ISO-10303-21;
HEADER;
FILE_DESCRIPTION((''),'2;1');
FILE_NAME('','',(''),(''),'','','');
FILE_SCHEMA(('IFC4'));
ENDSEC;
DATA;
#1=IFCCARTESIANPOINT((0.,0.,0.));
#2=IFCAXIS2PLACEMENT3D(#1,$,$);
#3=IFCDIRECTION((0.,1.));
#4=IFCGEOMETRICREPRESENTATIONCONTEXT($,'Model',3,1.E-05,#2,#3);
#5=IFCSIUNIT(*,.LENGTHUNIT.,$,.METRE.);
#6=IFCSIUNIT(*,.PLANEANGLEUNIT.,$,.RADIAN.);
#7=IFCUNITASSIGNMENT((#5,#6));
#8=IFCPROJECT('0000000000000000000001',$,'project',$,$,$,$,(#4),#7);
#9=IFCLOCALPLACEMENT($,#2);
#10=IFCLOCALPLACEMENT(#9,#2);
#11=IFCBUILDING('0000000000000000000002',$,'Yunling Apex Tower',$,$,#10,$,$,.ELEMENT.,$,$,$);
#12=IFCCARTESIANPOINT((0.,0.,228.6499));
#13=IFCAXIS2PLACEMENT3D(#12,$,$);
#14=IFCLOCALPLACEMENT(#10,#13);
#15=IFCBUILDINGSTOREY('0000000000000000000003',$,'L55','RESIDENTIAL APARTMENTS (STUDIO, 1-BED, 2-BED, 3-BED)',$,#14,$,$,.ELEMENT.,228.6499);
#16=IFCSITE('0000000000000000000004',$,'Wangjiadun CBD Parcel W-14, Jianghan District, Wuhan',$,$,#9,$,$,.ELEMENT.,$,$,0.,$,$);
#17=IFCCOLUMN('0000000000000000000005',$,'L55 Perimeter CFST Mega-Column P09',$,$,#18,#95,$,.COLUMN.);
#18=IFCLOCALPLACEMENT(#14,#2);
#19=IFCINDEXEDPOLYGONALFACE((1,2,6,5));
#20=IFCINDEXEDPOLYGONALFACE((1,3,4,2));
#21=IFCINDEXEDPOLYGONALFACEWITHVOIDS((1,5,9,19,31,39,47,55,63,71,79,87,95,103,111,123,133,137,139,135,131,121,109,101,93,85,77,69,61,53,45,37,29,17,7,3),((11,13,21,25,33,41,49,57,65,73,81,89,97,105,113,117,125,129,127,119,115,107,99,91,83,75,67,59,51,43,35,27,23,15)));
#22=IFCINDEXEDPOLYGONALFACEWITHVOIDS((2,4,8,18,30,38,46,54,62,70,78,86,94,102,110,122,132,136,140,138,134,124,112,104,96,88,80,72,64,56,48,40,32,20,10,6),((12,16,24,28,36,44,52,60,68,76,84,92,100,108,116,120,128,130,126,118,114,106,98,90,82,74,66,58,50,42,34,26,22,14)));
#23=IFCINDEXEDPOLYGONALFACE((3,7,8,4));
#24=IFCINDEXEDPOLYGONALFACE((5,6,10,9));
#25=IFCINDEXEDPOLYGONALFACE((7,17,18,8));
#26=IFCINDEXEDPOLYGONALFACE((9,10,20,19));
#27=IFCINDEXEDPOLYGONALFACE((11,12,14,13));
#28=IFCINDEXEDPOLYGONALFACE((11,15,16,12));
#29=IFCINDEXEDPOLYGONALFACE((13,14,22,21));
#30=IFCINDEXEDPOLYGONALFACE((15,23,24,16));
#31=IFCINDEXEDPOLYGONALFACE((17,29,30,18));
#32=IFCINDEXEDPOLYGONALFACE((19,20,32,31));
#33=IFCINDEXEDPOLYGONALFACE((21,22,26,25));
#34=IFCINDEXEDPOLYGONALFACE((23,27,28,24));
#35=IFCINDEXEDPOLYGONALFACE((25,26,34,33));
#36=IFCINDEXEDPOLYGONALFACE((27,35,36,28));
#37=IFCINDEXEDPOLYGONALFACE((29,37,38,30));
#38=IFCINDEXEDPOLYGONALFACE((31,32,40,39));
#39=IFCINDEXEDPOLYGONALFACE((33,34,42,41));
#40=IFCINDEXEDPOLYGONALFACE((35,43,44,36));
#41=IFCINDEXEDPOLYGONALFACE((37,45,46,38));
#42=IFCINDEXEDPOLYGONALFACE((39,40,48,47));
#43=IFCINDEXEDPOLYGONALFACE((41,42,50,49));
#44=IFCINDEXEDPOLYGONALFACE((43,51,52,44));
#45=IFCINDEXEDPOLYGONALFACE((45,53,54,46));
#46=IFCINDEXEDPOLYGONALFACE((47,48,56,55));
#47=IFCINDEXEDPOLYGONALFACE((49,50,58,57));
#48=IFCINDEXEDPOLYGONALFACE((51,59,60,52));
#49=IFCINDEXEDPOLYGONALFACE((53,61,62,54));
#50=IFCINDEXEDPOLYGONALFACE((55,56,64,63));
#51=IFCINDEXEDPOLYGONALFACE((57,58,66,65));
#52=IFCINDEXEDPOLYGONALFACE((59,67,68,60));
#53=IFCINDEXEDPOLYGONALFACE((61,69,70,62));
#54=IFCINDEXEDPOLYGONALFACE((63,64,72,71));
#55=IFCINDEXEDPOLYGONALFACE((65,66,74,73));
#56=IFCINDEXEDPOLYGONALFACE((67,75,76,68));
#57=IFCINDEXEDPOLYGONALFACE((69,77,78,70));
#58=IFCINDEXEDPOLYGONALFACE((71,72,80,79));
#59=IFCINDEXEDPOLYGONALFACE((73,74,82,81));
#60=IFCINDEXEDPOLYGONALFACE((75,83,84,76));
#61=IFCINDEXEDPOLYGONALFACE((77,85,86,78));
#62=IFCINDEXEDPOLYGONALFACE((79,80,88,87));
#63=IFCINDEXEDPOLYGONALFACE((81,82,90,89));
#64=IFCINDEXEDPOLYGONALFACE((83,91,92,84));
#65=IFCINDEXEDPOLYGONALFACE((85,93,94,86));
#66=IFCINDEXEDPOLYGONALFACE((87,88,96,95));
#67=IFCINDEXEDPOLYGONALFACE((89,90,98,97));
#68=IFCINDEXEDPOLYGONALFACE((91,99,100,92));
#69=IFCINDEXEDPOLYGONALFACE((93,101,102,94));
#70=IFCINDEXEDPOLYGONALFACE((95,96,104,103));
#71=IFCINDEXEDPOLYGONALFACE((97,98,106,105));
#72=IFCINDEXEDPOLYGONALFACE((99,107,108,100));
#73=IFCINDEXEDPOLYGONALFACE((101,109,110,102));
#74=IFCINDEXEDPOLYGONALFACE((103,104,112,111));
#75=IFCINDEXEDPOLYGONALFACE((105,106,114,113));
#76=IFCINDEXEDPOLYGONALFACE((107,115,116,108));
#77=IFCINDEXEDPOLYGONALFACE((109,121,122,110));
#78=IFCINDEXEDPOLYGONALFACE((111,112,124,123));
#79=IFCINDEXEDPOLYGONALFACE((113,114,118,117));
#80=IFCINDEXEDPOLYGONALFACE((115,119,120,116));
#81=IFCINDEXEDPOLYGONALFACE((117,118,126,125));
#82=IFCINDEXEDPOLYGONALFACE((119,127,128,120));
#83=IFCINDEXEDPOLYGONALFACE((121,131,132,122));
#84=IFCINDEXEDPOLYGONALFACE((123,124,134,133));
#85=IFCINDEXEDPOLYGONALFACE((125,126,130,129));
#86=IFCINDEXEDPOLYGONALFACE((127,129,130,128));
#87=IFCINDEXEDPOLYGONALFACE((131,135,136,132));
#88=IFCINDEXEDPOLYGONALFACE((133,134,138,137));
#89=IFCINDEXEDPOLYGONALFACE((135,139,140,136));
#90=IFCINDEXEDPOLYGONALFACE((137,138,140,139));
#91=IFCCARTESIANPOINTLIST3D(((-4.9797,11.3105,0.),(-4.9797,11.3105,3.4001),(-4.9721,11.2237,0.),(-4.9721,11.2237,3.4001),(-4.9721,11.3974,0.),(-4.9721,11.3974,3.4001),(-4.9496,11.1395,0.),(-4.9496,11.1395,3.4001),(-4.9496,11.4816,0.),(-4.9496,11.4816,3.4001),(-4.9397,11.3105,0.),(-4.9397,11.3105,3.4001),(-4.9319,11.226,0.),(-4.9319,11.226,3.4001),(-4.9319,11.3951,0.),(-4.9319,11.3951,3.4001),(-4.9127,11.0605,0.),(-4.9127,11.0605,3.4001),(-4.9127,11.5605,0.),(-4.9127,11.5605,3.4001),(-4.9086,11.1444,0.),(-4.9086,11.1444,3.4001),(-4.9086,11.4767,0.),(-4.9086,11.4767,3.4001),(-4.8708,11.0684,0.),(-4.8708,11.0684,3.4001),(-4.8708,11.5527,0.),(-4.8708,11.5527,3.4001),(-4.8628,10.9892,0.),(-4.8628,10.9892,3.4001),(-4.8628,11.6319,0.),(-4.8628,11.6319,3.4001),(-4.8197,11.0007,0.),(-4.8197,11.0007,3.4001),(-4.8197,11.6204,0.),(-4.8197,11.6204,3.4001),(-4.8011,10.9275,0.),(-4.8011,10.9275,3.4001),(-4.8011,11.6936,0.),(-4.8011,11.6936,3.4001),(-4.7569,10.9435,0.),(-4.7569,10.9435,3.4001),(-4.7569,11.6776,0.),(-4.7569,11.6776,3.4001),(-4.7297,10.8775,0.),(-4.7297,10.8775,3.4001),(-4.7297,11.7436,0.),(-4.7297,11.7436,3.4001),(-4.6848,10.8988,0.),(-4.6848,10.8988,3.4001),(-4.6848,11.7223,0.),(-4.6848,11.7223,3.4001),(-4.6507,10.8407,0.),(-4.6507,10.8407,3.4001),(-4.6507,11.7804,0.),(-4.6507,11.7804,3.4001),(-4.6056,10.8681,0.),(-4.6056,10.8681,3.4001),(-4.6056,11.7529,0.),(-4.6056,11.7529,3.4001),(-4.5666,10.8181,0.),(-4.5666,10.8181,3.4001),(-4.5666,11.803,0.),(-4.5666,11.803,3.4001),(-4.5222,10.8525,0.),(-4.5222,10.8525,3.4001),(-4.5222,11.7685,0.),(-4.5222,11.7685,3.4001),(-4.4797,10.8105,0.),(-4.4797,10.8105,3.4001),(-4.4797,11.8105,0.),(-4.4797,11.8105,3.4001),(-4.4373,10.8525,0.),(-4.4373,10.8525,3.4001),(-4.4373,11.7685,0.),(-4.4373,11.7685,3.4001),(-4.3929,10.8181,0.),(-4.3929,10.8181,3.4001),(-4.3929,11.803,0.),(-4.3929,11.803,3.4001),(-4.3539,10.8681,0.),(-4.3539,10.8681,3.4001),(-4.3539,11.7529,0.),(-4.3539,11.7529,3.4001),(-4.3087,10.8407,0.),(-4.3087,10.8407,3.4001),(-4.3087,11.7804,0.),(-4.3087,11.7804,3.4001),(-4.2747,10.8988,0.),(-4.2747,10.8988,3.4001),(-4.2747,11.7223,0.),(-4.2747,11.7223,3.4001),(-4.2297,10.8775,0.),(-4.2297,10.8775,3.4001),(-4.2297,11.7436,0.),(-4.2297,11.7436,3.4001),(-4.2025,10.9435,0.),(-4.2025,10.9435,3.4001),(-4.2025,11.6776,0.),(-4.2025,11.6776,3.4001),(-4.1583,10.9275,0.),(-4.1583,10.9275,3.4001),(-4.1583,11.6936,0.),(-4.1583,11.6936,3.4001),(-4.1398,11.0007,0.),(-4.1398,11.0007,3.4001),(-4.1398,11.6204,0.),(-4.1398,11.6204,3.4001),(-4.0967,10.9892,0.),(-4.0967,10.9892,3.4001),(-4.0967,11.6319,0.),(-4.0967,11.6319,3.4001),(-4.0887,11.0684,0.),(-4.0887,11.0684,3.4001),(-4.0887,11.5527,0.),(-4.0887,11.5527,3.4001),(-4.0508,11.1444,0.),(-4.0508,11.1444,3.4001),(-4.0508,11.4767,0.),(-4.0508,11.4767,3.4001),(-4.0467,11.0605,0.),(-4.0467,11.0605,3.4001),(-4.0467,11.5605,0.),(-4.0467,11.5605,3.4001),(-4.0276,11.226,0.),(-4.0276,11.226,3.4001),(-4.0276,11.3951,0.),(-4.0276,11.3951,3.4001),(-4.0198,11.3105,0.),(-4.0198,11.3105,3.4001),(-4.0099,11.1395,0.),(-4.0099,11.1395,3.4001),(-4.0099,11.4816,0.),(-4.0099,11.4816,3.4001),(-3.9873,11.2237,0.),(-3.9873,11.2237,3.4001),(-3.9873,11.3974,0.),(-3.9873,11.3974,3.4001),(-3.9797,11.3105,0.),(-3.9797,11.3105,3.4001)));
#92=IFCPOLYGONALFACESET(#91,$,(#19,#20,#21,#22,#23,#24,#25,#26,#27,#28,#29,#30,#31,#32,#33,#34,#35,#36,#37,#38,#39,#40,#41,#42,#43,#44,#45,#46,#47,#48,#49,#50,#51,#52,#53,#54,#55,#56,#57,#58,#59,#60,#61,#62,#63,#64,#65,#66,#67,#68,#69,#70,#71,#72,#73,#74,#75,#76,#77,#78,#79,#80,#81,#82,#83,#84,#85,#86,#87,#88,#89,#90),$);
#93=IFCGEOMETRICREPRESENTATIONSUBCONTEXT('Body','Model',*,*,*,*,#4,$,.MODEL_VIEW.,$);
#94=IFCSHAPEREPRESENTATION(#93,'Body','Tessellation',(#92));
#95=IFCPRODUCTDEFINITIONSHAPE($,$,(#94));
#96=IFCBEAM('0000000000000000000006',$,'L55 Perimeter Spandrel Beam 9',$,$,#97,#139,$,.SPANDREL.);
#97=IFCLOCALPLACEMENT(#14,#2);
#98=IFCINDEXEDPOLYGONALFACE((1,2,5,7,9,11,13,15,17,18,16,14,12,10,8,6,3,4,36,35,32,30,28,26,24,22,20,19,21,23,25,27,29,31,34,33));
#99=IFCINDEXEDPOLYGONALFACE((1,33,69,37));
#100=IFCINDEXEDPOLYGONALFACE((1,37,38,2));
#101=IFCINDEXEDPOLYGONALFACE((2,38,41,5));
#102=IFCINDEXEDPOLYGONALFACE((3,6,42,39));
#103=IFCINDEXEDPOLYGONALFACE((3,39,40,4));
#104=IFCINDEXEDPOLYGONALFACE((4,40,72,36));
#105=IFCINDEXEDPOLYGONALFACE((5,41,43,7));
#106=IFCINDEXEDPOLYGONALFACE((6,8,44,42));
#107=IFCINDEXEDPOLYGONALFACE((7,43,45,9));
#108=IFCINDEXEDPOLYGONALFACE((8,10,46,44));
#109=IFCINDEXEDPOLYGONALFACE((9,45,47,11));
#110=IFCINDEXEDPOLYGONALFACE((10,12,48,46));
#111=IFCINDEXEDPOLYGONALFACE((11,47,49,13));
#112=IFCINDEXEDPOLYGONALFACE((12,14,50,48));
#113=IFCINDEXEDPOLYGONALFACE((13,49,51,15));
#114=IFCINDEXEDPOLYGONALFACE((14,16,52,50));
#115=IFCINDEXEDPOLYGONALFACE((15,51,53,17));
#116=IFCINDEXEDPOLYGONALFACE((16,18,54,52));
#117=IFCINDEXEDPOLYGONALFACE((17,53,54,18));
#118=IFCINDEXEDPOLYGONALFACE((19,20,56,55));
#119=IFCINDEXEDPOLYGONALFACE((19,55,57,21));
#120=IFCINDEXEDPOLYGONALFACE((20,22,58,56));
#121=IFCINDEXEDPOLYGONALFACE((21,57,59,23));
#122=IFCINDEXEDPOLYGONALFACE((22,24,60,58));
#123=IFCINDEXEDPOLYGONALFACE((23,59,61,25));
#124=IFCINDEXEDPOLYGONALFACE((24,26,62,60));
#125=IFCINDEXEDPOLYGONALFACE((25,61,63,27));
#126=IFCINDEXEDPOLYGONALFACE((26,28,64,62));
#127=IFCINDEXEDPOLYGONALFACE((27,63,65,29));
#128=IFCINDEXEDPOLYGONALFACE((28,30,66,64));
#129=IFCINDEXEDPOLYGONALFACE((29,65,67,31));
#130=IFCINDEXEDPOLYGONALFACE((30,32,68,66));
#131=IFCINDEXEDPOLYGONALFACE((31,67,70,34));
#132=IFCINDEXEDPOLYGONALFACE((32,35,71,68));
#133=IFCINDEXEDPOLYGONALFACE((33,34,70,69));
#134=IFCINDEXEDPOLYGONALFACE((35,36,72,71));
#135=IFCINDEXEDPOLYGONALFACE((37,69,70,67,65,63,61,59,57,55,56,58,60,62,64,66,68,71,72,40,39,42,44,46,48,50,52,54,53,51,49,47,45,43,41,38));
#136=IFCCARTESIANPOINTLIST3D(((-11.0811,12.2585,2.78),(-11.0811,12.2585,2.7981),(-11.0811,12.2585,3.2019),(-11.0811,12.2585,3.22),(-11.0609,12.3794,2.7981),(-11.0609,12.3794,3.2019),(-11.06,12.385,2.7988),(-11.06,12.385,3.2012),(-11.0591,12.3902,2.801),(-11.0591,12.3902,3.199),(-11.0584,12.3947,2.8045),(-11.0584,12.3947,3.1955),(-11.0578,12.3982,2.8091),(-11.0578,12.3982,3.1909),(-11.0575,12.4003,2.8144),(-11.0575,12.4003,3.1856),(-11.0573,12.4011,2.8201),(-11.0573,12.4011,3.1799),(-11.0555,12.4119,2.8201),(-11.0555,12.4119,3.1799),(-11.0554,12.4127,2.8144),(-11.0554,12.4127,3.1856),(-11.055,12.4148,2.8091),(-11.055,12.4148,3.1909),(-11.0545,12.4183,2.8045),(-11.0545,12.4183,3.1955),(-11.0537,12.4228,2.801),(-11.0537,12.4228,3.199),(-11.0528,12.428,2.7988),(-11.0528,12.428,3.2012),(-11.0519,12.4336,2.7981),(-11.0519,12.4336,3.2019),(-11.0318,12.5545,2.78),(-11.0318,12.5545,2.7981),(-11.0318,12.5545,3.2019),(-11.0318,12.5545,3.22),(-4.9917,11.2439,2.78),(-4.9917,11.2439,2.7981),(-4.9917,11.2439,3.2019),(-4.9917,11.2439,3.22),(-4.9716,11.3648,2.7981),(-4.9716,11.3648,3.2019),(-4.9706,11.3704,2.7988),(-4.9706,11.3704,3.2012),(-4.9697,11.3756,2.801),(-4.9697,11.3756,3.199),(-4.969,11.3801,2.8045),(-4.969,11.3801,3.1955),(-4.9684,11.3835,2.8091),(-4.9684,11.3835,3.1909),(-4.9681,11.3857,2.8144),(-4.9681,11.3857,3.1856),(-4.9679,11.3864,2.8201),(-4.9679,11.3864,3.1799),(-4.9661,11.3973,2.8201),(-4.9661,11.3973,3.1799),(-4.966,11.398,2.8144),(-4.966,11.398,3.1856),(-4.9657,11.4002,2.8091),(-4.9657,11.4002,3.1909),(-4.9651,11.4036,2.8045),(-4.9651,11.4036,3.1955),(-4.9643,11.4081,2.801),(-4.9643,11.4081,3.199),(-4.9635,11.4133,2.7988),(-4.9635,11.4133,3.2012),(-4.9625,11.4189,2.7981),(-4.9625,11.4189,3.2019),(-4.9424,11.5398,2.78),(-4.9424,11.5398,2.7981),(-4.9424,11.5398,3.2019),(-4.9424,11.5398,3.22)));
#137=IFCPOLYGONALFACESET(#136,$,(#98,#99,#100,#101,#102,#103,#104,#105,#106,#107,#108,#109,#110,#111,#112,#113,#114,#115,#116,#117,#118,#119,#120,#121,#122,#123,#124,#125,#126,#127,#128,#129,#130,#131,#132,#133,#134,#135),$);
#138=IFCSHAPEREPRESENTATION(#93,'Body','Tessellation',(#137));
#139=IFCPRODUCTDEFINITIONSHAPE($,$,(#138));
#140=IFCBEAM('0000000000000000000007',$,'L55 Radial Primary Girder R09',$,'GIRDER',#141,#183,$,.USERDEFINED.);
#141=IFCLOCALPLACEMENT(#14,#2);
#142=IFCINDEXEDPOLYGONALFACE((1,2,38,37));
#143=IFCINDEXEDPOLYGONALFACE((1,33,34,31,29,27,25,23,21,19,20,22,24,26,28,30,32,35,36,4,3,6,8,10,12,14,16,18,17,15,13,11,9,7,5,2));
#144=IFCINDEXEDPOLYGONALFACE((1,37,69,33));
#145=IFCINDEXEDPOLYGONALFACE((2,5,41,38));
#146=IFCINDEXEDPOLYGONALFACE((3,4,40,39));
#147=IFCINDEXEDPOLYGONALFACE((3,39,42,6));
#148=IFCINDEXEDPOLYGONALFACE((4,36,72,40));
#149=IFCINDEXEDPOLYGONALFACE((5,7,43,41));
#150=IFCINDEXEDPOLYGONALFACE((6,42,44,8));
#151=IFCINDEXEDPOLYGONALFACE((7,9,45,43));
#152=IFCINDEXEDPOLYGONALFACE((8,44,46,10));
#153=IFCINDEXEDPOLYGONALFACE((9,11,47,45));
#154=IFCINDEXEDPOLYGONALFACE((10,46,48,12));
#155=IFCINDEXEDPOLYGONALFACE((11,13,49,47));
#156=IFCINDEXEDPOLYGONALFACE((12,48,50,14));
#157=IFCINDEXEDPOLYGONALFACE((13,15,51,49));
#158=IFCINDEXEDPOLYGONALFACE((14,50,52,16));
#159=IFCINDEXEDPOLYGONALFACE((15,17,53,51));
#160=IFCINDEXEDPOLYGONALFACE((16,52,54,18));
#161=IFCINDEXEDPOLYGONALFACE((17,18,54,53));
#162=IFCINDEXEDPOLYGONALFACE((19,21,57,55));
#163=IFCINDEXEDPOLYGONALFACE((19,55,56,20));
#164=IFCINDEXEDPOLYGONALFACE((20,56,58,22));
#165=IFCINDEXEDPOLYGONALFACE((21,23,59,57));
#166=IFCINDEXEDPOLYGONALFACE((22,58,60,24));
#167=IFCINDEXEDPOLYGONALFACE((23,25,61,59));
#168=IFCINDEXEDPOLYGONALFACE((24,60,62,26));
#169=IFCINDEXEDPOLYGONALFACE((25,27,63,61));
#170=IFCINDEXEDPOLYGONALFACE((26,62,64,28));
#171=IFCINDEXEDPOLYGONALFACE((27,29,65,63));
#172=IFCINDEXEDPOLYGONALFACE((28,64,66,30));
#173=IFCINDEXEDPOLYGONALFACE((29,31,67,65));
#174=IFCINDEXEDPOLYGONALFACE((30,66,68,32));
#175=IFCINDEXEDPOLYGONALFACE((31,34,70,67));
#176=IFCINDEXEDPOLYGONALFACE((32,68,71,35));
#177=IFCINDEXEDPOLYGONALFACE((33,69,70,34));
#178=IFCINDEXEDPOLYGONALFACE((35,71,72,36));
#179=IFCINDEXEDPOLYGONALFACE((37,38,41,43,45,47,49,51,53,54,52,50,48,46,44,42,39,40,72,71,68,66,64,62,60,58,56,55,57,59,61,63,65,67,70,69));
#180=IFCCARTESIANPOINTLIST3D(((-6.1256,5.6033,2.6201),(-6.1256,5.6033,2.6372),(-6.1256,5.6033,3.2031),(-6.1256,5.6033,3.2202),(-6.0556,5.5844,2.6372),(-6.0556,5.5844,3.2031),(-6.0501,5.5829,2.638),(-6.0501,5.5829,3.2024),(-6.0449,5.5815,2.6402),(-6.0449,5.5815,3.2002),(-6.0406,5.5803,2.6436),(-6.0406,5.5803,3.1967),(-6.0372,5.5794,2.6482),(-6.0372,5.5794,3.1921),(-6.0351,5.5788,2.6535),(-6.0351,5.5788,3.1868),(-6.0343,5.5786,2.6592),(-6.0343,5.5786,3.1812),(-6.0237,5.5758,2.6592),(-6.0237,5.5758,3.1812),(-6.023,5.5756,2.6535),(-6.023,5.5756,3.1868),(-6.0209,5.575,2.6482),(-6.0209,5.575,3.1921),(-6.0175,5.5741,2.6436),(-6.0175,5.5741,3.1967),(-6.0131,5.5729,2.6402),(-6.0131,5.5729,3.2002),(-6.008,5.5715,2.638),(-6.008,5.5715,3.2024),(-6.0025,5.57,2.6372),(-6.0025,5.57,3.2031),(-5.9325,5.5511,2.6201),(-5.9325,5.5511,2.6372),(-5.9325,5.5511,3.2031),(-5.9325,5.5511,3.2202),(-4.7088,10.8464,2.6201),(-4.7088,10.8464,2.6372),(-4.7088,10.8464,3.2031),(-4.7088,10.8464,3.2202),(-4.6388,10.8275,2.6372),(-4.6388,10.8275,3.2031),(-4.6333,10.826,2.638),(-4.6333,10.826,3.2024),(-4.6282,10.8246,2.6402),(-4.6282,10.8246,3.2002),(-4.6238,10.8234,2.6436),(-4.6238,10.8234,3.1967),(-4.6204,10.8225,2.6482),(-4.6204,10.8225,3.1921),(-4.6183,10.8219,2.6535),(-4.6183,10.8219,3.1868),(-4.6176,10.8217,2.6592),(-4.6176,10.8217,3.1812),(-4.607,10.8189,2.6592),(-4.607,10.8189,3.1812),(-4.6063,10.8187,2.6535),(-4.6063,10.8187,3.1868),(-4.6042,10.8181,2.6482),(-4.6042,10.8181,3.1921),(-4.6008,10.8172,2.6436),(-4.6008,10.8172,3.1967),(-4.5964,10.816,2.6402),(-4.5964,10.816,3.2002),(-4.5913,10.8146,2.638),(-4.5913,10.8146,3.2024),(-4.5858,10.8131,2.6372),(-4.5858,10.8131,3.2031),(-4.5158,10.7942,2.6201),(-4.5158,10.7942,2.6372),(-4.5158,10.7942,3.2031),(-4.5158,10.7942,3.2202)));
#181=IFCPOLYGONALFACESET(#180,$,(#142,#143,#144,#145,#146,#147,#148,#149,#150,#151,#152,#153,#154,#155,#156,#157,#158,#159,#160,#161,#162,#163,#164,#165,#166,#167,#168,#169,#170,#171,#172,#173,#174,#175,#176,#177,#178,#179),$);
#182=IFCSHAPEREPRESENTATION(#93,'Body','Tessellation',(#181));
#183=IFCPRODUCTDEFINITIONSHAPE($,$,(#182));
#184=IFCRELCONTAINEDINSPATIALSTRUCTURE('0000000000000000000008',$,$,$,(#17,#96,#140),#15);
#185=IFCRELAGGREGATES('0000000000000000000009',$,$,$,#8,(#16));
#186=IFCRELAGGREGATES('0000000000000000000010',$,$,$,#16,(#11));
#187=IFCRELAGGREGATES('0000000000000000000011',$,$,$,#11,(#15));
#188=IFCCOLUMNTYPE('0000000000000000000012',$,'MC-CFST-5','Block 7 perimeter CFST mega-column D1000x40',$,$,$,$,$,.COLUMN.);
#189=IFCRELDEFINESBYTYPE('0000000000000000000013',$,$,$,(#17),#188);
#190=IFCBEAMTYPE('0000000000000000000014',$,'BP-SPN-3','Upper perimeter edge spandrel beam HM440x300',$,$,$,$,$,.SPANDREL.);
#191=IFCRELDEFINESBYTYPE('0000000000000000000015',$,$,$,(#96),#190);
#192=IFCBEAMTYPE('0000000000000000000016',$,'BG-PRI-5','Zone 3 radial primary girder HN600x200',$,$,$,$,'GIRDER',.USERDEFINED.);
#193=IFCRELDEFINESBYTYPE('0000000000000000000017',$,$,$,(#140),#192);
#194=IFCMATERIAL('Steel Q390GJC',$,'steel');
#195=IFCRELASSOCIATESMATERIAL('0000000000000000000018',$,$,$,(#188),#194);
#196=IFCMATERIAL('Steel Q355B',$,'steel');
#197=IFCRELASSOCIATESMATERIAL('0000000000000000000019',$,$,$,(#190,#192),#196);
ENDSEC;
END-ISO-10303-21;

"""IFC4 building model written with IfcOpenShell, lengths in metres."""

from ifc_helpers import new_model, si_unit, direction, frame, origin, origin_2d, place, context, subcontext, project, spatial, hollow_circle, i_section, extrude, source, transform, mapped, material, material_profile, profile_set, type_object, element, save


model = new_model("IFC4")

# Units and contexts
model_context = context("Model", 3, precision=1e-05, world=origin(), true_north=direction((0.0, 1.0)))
body_context = subcontext(model_context, "Body", "Model", "MODEL_VIEW")
ifc_project = project(units=[si_unit("LENGTHUNIT", "METRE"), si_unit("PLANEANGLEUNIT", "RADIAN")], contexts=[model_context])

# Site, building, storey
site_placement = place(None, origin())
site = spatial("IfcSite", under=ifc_project, at=site_placement, Name="Wangjiadun CBD Parcel W-14, Jianghan District, Wuhan", CompositionType="ELEMENT", RefElevation=0.0)
building_placement = place(site_placement, origin())
building = spatial("IfcBuilding", under=site, at=building_placement, Name="Yunling Apex Tower", CompositionType="ELEMENT")
storey_placement = place(building_placement, frame((0.0, 0.0, 228.6499)))
storey = spatial("IfcBuildingStorey", under=building, at=storey_placement, Name="L55", Description="RESIDENTIAL APARTMENTS (STUDIO, 1-BED, 2-BED, 3-BED)", CompositionType="ELEMENT", Elevation=228.6499)

# Column
ifc_material_1 = material(Name="Steel Q390GJC", Category="steel")
ifc_material_profile_1 = material_profile(ifc_material_1, hollow_circle(Radius=0.5, WallThickness=0.04, at=origin_2d()))
ifc_profile_set_1 = profile_set([ifc_material_profile_1], Name="Steel Q390GJC")
column_type = type_object("IfcColumnType", Name="MC-CFST-5", Description="Block 7 perimeter CFST mega-column D1000x40", PredefinedType="COLUMN", material=ifc_profile_set_1)
shared_shape_1 = source(origin(), body_context, "Body", "SweptSolid", [
    extrude(hollow_circle(Radius=0.5, WallThickness=0.04, at=origin_2d()), origin(), (0.0, 0.0, 1.0), 3.4001),
])
column_placement = place(storey_placement, frame((-4.4797, 11.3105, 0.0), z_axis=(0.0, 0.0, 1.0), x_axis=(1.0, 0.0, 0.0)))
element("IfcColumn", 1, at=column_placement, inside=storey, type_object=column_type, Name="L55 Perimeter CFST Mega-Column P09", PredefinedType="COLUMN", context=body_context, shape_type="MappedRepresentation", body=[
    mapped(shared_shape_1, transform((0.0, 0.0, 0.0), scale=1.0)),
])

# Beams
ifc_material_2 = material(Name="Steel Q355B", Category="steel")
ifc_material_profile_2 = material_profile(ifc_material_2, i_section(OverallWidth=0.3, OverallDepth=0.4399, WebThickness=0.011, FlangeThickness=0.0181, FilletRadius=0.022, at=origin_2d()))
ifc_profile_set_2 = profile_set([ifc_material_profile_2], Name="Steel Q355B")
beam_type_1 = type_object("IfcBeamType", Name="BP-SPN-3", Description="Upper perimeter edge spandrel beam HM440x300", PredefinedType="SPANDREL", material=ifc_profile_set_2)
shared_shape_2 = source(origin(), body_context, "Body", "SweptSolid", [
    extrude(i_section(OverallWidth=0.3, OverallDepth=0.4399, WebThickness=0.011, FlangeThickness=0.0181, FilletRadius=0.022, at=origin_2d()), origin(), (0.0, 0.0, 1.0), 6.1733),
])
beam_1_placement = place(storey_placement, frame((-4.967, 11.3918, 3.0), z_axis=(-0.9864, 0.164361, 0.0), x_axis=(-0.164361, -0.9864, 0.0)))
element("IfcBeam", 2, at=beam_1_placement, inside=storey, type_object=beam_type_1, Name="L55 Perimeter Spandrel Beam 9", PredefinedType="SPANDREL", context=body_context, shape_type="MappedRepresentation", body=[
    mapped(shared_shape_2, transform((0.0, 0.0, 0.0), scale=1.0)),
])
ifc_material_profile_3 = material_profile(ifc_material_2, i_section(OverallWidth=0.2, OverallDepth=0.6001, WebThickness=0.011, FlangeThickness=0.0171, FilletRadius=0.022, at=origin_2d()))
ifc_profile_set_3 = profile_set([ifc_material_profile_3], Name="Steel Q355B")
beam_type_2 = type_object("IfcBeamType", Name="BG-PRI-5", Description="Zone 3 radial primary girder HN600x200", ElementType="GIRDER", PredefinedType="USERDEFINED", material=ifc_profile_set_3)
shared_shape_3 = source(origin(), body_context, "Body", "SweptSolid", [
    extrude(i_section(OverallWidth=0.2, OverallDepth=0.6001, WebThickness=0.011, FlangeThickness=0.0171, FilletRadius=0.022, at=origin_2d()), origin(), (0.0, 0.0, 1.0), 5.4312),
])
beam_2_placement = place(storey_placement, frame((-4.6123, 10.8203, 2.9202), z_axis=(-0.260854, -0.965378, 0.0), x_axis=(0.965378, -0.260854, 0.0)))
element("IfcBeam", 3, at=beam_2_placement, inside=storey, type_object=beam_type_2, Name="L55 Radial Primary Girder R09", ObjectType="GIRDER", PredefinedType="USERDEFINED", context=body_context, shape_type="MappedRepresentation", body=[
    mapped(shared_shape_3, transform((0.0, 0.0, 0.0), scale=1.0)),
])

save(model, "model.ifc")
